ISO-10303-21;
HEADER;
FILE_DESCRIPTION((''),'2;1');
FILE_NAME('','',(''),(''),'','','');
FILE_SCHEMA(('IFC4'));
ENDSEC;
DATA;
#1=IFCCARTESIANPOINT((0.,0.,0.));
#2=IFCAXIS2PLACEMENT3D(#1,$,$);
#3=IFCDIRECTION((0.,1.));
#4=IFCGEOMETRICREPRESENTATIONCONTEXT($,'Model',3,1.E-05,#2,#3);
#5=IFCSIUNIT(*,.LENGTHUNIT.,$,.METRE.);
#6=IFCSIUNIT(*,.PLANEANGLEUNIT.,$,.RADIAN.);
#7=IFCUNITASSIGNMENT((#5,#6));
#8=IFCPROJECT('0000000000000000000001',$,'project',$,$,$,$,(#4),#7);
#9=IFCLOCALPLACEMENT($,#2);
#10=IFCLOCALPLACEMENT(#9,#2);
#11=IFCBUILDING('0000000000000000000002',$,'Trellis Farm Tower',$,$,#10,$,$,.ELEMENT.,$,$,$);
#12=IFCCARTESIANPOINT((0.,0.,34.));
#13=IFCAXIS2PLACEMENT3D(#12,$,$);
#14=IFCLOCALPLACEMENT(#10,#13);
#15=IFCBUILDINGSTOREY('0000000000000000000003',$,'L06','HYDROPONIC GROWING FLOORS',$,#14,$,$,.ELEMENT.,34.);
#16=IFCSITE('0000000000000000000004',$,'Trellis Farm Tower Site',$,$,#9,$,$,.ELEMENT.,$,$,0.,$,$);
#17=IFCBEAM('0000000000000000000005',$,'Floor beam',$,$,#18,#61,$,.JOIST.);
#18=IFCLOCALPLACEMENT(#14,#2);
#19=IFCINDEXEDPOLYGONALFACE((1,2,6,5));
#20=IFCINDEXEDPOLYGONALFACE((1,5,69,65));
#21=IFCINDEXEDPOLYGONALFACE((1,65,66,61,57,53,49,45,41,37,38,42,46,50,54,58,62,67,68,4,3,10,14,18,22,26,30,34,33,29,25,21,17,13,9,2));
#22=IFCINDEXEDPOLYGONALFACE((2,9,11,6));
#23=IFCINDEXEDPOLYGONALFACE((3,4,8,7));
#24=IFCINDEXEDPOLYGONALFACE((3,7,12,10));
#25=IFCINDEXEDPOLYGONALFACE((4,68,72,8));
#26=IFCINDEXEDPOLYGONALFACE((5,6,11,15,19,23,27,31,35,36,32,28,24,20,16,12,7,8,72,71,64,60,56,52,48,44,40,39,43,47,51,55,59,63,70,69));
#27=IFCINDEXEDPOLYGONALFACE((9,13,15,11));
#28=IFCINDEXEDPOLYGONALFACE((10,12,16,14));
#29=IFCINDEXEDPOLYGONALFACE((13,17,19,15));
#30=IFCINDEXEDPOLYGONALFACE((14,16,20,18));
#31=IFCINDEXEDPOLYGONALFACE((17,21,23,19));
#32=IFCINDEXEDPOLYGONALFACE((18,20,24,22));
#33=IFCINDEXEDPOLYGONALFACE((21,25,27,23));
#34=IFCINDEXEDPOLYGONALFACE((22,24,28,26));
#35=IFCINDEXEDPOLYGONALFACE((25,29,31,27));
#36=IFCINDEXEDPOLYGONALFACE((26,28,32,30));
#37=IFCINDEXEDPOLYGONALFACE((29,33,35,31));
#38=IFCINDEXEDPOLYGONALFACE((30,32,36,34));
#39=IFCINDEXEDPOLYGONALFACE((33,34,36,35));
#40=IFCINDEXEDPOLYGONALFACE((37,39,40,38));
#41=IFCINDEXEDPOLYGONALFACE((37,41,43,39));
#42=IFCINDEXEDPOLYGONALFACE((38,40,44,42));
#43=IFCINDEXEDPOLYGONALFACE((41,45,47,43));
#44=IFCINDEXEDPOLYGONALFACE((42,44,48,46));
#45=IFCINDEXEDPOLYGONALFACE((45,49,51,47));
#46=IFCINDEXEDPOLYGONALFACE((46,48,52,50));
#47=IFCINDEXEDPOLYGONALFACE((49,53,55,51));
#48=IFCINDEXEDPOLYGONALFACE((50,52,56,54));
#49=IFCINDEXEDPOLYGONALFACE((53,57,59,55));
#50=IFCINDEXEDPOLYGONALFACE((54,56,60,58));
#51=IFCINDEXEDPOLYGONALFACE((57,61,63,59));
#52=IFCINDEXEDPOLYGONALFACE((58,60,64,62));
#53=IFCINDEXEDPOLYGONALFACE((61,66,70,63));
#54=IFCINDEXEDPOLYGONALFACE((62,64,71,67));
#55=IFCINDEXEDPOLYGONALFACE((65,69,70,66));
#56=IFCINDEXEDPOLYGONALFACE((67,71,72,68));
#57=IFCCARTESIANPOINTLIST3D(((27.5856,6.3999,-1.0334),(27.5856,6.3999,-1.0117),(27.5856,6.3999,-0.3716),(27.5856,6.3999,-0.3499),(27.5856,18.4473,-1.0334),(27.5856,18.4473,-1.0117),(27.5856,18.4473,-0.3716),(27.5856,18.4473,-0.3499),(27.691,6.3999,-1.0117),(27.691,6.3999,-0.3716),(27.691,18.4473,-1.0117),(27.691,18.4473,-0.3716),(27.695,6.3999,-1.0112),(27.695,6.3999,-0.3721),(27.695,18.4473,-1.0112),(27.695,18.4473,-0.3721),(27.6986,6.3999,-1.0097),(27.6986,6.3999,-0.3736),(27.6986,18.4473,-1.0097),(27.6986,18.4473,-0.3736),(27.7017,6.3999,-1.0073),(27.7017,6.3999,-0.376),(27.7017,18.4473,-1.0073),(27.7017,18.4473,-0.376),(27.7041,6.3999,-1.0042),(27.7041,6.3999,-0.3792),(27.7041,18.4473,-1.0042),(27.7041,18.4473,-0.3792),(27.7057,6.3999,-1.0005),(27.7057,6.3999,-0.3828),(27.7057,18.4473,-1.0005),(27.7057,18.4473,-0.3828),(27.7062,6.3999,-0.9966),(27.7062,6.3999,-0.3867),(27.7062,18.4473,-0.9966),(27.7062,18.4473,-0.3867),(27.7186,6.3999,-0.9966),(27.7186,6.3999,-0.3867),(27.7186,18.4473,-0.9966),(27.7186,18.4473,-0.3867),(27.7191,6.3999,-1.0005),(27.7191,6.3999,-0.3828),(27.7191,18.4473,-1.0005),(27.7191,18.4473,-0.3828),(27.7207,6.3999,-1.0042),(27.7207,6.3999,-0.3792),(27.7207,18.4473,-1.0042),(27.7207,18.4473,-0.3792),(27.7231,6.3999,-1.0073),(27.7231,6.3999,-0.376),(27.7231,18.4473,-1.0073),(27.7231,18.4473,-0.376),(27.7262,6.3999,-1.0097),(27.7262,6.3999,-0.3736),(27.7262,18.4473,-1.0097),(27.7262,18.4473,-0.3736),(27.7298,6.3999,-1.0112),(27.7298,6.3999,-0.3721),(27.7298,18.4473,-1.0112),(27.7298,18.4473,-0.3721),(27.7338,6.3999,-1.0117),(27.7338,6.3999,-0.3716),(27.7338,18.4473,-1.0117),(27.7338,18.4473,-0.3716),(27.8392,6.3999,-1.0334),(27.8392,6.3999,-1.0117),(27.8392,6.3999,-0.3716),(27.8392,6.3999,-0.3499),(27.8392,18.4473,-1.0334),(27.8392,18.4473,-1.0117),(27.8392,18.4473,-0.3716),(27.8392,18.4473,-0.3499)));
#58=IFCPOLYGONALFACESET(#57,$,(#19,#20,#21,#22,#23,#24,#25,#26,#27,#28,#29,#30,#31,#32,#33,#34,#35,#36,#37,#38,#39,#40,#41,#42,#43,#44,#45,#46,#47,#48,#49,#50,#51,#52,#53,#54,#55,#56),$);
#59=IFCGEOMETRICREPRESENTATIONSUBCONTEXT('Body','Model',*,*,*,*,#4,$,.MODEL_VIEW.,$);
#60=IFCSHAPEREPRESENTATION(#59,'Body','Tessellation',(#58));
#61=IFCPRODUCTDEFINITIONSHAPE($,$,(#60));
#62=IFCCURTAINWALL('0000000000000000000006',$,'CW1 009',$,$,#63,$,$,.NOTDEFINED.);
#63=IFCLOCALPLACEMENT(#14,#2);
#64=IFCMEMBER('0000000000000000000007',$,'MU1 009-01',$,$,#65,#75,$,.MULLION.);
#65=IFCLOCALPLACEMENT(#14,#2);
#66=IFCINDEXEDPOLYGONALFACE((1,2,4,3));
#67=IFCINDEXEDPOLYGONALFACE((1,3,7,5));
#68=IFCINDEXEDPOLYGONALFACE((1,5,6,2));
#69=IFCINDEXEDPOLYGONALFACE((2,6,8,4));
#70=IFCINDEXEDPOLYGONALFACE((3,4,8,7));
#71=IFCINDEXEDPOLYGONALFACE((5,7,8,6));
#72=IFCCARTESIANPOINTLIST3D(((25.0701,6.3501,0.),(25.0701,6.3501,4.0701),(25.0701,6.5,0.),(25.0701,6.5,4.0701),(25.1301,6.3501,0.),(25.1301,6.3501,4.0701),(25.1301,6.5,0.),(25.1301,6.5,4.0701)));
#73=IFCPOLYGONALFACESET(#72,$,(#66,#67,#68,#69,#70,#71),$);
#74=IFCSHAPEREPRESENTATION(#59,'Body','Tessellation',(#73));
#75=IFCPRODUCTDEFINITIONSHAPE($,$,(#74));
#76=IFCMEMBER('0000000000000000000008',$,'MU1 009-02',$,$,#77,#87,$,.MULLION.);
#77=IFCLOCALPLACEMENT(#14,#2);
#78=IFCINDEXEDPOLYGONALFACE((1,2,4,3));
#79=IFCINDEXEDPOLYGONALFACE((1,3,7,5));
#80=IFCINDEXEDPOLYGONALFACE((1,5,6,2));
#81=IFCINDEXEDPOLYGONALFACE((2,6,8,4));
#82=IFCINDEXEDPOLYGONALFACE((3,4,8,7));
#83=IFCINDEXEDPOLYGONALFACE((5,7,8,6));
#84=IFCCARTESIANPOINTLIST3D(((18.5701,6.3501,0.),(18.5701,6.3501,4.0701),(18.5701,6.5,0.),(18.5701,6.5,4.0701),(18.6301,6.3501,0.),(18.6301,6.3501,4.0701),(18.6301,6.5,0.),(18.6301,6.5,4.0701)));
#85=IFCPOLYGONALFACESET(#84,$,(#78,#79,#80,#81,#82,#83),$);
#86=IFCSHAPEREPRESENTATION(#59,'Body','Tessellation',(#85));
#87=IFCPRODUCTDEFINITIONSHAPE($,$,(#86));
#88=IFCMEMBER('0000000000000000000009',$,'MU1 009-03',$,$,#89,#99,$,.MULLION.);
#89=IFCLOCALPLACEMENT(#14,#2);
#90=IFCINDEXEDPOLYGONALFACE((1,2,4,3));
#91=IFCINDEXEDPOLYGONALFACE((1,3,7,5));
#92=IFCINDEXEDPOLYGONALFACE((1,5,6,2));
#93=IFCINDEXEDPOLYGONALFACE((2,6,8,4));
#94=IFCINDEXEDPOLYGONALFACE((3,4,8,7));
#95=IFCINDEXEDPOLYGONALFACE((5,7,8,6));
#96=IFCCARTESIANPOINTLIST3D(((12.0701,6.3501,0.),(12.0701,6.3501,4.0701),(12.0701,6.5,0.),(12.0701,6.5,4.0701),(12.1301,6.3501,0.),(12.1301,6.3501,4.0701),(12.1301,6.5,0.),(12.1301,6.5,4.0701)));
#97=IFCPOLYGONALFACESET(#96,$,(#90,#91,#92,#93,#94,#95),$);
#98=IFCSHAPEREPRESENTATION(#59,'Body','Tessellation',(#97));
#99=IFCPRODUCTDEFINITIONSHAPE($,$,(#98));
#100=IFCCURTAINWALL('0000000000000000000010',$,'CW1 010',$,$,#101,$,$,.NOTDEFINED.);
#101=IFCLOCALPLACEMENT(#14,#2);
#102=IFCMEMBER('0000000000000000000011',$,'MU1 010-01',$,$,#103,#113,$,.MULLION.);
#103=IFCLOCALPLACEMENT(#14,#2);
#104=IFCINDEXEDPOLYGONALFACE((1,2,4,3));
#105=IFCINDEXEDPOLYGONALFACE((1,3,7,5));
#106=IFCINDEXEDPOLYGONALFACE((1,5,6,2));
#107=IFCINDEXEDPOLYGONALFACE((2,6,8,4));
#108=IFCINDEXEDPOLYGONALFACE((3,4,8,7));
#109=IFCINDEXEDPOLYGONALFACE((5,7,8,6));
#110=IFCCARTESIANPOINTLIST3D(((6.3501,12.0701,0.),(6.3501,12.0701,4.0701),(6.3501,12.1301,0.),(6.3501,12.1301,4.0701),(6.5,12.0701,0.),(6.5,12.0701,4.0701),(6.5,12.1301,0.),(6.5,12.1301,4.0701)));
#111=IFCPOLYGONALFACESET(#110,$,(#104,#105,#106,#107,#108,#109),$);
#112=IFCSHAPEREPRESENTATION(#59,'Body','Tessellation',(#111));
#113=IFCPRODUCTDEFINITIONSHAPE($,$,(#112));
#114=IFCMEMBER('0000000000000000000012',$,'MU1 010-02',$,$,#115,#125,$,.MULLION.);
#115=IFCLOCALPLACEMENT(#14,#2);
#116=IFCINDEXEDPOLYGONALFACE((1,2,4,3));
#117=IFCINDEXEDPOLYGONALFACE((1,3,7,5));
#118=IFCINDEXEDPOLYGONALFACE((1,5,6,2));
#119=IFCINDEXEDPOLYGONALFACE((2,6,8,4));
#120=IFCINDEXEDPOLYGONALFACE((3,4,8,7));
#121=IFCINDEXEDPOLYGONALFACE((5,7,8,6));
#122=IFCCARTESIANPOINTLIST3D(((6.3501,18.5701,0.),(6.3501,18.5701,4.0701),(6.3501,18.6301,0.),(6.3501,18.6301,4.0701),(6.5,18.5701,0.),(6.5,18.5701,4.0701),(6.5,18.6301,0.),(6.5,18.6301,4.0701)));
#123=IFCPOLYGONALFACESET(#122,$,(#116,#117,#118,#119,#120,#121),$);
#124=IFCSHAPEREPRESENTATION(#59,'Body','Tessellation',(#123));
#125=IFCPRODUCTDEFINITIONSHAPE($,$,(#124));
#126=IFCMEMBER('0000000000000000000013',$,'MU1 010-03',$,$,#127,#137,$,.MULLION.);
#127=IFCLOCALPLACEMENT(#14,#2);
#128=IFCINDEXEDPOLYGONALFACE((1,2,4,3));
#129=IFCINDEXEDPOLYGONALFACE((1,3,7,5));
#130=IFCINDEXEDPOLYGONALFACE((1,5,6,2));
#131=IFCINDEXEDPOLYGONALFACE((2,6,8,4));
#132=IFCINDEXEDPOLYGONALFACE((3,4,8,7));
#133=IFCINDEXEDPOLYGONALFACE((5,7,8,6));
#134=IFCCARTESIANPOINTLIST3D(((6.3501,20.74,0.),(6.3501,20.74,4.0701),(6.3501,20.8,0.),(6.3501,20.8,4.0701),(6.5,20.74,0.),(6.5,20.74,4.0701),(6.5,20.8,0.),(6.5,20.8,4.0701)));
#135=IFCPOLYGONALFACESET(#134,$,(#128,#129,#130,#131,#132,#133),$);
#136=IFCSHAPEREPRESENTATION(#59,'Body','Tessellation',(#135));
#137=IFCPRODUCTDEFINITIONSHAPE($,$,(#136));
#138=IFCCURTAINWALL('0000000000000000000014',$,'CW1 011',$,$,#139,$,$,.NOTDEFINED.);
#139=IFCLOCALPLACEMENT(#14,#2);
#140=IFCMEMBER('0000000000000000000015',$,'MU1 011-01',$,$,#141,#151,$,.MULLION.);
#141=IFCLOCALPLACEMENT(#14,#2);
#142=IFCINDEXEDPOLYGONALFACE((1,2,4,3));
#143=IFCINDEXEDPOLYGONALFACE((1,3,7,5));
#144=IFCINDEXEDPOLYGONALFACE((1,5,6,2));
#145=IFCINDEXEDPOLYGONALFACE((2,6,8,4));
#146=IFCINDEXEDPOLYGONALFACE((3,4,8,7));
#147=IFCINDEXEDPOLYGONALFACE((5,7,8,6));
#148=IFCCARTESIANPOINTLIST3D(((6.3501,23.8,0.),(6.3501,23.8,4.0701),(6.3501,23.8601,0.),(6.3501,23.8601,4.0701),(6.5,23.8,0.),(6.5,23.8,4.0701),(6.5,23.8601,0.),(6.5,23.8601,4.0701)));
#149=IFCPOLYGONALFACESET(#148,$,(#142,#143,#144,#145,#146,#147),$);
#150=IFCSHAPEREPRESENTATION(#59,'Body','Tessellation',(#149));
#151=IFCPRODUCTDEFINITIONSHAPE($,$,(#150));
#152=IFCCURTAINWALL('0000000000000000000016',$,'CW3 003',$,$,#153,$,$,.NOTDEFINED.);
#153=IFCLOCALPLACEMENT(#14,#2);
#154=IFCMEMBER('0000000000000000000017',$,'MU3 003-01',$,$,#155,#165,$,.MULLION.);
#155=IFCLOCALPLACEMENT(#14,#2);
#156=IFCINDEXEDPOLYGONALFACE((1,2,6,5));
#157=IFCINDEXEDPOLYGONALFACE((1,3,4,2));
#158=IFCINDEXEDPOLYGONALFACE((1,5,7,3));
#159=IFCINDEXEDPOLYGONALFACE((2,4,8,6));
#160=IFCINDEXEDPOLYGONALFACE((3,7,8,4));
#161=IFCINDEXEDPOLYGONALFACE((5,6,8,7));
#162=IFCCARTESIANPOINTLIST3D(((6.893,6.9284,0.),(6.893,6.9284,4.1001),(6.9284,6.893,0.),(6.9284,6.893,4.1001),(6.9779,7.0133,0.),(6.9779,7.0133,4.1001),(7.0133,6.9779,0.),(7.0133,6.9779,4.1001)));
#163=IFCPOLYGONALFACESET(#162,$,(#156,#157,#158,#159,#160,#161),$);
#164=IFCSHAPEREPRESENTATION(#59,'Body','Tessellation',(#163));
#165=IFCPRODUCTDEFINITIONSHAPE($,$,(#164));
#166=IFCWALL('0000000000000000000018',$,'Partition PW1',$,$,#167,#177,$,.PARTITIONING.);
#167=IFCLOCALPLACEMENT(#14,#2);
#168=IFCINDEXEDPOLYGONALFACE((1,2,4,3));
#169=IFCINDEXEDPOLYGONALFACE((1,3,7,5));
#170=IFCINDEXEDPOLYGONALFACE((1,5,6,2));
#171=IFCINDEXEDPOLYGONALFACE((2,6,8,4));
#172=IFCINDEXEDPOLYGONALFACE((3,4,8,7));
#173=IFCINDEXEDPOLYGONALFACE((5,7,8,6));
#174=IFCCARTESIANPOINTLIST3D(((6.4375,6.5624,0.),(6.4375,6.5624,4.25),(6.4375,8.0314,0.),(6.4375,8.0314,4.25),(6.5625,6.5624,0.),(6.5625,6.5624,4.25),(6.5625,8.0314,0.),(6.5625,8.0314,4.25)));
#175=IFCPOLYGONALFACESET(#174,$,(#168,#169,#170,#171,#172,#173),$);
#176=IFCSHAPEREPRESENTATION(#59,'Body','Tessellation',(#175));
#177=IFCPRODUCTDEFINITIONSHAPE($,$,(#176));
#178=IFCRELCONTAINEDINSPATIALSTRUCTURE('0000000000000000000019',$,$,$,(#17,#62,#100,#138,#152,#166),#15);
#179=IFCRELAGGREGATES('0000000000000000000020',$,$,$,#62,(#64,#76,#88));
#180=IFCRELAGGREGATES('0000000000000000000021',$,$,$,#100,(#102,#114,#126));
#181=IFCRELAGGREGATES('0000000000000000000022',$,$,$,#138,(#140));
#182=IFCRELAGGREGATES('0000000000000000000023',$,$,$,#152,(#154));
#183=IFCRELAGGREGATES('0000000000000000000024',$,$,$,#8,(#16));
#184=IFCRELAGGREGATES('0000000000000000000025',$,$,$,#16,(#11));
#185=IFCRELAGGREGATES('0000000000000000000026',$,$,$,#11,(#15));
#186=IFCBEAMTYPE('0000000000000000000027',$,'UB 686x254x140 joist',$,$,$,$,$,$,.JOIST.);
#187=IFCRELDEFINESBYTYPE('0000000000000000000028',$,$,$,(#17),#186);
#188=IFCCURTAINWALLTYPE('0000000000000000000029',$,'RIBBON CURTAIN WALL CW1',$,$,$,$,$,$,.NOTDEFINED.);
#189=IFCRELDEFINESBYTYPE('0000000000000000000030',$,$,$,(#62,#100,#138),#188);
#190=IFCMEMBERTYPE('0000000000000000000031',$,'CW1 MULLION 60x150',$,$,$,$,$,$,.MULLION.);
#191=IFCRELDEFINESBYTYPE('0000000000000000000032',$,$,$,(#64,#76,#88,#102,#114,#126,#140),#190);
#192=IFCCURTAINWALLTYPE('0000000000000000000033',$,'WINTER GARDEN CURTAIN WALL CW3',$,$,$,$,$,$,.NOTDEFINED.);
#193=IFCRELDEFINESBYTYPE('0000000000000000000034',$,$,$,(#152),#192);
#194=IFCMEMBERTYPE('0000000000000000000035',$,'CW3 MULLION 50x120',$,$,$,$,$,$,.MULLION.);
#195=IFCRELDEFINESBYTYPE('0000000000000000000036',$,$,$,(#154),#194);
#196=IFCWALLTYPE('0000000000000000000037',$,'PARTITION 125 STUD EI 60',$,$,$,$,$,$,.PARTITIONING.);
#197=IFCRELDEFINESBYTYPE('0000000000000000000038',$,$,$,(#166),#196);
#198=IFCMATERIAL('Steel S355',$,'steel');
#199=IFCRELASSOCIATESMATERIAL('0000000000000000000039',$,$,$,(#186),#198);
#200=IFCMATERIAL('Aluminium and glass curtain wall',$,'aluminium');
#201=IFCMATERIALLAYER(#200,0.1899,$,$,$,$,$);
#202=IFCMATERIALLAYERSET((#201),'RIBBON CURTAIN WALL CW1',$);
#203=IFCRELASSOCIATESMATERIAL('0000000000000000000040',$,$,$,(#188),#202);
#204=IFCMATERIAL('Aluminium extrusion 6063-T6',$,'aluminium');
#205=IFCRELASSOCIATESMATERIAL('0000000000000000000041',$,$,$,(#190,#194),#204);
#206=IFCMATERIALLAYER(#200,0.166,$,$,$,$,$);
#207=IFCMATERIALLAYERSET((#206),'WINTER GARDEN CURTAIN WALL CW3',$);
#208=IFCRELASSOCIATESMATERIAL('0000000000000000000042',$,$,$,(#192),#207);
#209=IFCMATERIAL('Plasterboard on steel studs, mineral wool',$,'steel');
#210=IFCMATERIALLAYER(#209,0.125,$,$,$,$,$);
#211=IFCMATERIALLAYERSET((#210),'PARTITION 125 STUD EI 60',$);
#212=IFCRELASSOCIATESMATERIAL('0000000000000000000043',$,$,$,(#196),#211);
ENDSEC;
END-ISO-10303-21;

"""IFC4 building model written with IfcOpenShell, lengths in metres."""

from ifc_helpers import new_model, si_unit, direction, frame, frame_2d, origin, origin_2d, place, context, subcontext, project, spatial, rectangle, i_section, extrude, source, transform, mapped, material, layer, layer_set, material_profile, profile_set, type_object, element, aggregate, save


model = new_model("IFC4")

# Units and contexts
model_context = context("Model", 3, precision=1e-05, world=origin(), true_north=direction((0.0, 1.0)))
body_context = subcontext(model_context, "Body", "Model", "MODEL_VIEW")
ifc_project = project(units=[si_unit("LENGTHUNIT", "METRE"), si_unit("PLANEANGLEUNIT", "RADIAN")], contexts=[model_context])

# Site, building, storey
site_placement = place(None, origin())
site = spatial("IfcSite", under=ifc_project, at=site_placement, Name="Trellis Farm Tower Site", CompositionType="ELEMENT", RefElevation=0.0)
building_placement = place(site_placement, origin())
building = spatial("IfcBuilding", under=site, at=building_placement, Name="Trellis Farm Tower", CompositionType="ELEMENT")
storey_placement = place(building_placement, frame((0.0, 0.0, 34.0)))
storey = spatial("IfcBuildingStorey", under=building, at=storey_placement, Name="L06", Description="HYDROPONIC GROWING FLOORS", CompositionType="ELEMENT", Elevation=34.0)

# Beam
ifc_material_1 = material(Name="Steel S355", Category="steel")
ifc_material_profile_1 = material_profile(ifc_material_1, i_section(OverallWidth=0.2537, OverallDepth=0.6836, WebThickness=0.0125, FlangeThickness=0.0217, FilletRadius=0.0151, at=origin_2d()), Name="UB 686x254x140")
ifc_profile_set_1 = profile_set([ifc_material_profile_1], Name="Steel S355")
beam_type_1 = type_object("IfcBeamType", Name="UB 686x254x140 joist", PredefinedType="JOIST", material=ifc_profile_set_1)
shared_shape_1 = source(origin(), body_context, "Body", "SweptSolid", [
    extrude(i_section(OverallWidth=0.2537, OverallDepth=0.6836, WebThickness=0.0125, FlangeThickness=0.0217, FilletRadius=0.0151, at=origin_2d()), origin(), (0.0, 0.0, 1.0), 12.0474),
])
for number, where, z_axis, x_axis, name in (
    (1, (27.7124, 6.3999, -0.6917), (0.0, 1.0, 0.0), (-1.0, 0.0, 0.0), "Floor beam"),
):
    element("IfcBeam", number, at=place(storey_placement, frame(where, z_axis=z_axis, x_axis=x_axis)), inside=storey, type_object=beam_type_1, Name=name, PredefinedType="JOIST", context=body_context, shape_type="MappedRepresentation", body=[
        mapped(shared_shape_1, transform((0.0, 0.0, 0.0))),
    ])

# Curtain walls, members
ifc_material_2 = material(Name="Aluminium and glass curtain wall", Category="aluminium")
ifc_layer_1 = layer(ifc_material_2, 0.1899)
ifc_layer_set_1 = layer_set([ifc_layer_1], Name="RIBBON CURTAIN WALL CW1")
curtain_wall_type_1 = type_object("IfcCurtainWallType", Name="RIBBON CURTAIN WALL CW1", PredefinedType="NOTDEFINED", material=ifc_layer_set_1)
placement = place(storey_placement, origin())
curtain_wall_1 = element("IfcCurtainWall", 2, at=placement, inside=storey, type_object=curtain_wall_type_1, Name="CW1 009", PredefinedType="NOTDEFINED")
ifc_material_3 = material(Name="Aluminium extrusion 6063-T6", Category="aluminium")
ifc_material_profile_2 = material_profile(ifc_material_3, rectangle(XDim=0.0601, YDim=0.1499, at=origin_2d()), Name="MULLION 60x150")
ifc_profile_set_2 = profile_set([ifc_material_profile_2], Name="Aluminium extrusion 6063-T6")
member_type_1 = type_object("IfcMemberType", Name="CW1 MULLION 60x150", PredefinedType="MULLION", material=ifc_profile_set_2)
shared_shape_2 = source(origin(), body_context, "Body", "SweptSolid", [
    extrude(rectangle(XDim=0.0601, YDim=0.1499, at=origin_2d()), origin(), (0.0, 0.0, 1.0), 4.0701),
])
member_1_placement = place(storey_placement, frame((25.1001, 6.425, 0.0), z_axis=(0.0, 0.0, 1.0), x_axis=(-1.0, 0.0, 0.0)))
member_1 = element("IfcMember", 3, at=member_1_placement, type_object=member_type_1, Name="MU1 009-01", PredefinedType="MULLION", context=body_context, shape_type="MappedRepresentation", body=[
    mapped(shared_shape_2, transform((0.0, 0.0, 0.0))),
])
member_2_placement = place(storey_placement, frame((18.6001, 6.425, 0.0), z_axis=(0.0, 0.0, 1.0), x_axis=(-1.0, 0.0, 0.0)))
member_2 = element("IfcMember", 4, at=member_2_placement, type_object=member_type_1, Name="MU1 009-02", PredefinedType="MULLION", context=body_context, shape_type="MappedRepresentation", body=[
    mapped(shared_shape_2, transform((0.0, 0.0, 0.0))),
])
member_3_placement = place(storey_placement, frame((12.1001, 6.425, 0.0), z_axis=(0.0, 0.0, 1.0), x_axis=(-1.0, 0.0, 0.0)))
member_3 = element("IfcMember", 5, at=member_3_placement, type_object=member_type_1, Name="MU1 009-03", PredefinedType="MULLION", context=body_context, shape_type="MappedRepresentation", body=[
    mapped(shared_shape_2, transform((0.0, 0.0, 0.0))),
])
aggregate(curtain_wall_1, [member_1, member_2, member_3])
curtain_wall_2 = element("IfcCurtainWall", 6, at=placement, inside=storey, type_object=curtain_wall_type_1, Name="CW1 010", PredefinedType="NOTDEFINED")
member_4_placement = place(storey_placement, frame((6.425, 12.1001, 0.0), z_axis=(0.0, 0.0, 1.0), x_axis=(0.0, 1.0, 0.0)))
member_4 = element("IfcMember", 7, at=member_4_placement, type_object=member_type_1, Name="MU1 010-01", PredefinedType="MULLION", context=body_context, shape_type="MappedRepresentation", body=[
    mapped(shared_shape_2, transform((0.0, 0.0, 0.0))),
])
member_5_placement = place(storey_placement, frame((6.425, 18.6001, 0.0), z_axis=(0.0, 0.0, 1.0), x_axis=(0.0, 1.0, 0.0)))
member_5 = element("IfcMember", 8, at=member_5_placement, type_object=member_type_1, Name="MU1 010-02", PredefinedType="MULLION", context=body_context, shape_type="MappedRepresentation", body=[
    mapped(shared_shape_2, transform((0.0, 0.0, 0.0))),
])
member_6_placement = place(storey_placement, frame((6.425, 20.77, 0.0), z_axis=(0.0, 0.0, 1.0), x_axis=(0.0, 1.0, 0.0)))
member_6 = element("IfcMember", 9, at=member_6_placement, type_object=member_type_1, Name="MU1 010-03", PredefinedType="MULLION", context=body_context, shape_type="MappedRepresentation", body=[
    mapped(shared_shape_2, transform((0.0, 0.0, 0.0))),
])
aggregate(curtain_wall_2, [member_4, member_5, member_6])

# Curtain walls, members
curtain_wall_3 = element("IfcCurtainWall", 10, at=placement, inside=storey, type_object=curtain_wall_type_1, Name="CW1 011", PredefinedType="NOTDEFINED")
member_7_placement = place(storey_placement, frame((6.425, 23.8301, 0.0), z_axis=(0.0, 0.0, 1.0), x_axis=(0.0, 1.0, 0.0)))
member_7 = element("IfcMember", 11, at=member_7_placement, type_object=member_type_1, Name="MU1 011-01", PredefinedType="MULLION", context=body_context, shape_type="MappedRepresentation", body=[
    mapped(shared_shape_2, transform((0.0, 0.0, 0.0))),
])
aggregate(curtain_wall_3, [member_7])
ifc_layer_2 = layer(ifc_material_2, 0.166)
ifc_layer_set_2 = layer_set([ifc_layer_2], Name="WINTER GARDEN CURTAIN WALL CW3")
curtain_wall_type_2 = type_object("IfcCurtainWallType", Name="WINTER GARDEN CURTAIN WALL CW3", PredefinedType="NOTDEFINED", material=ifc_layer_set_2)
curtain_wall_4 = element("IfcCurtainWall", 12, at=placement, inside=storey, type_object=curtain_wall_type_2, Name="CW3 003", PredefinedType="NOTDEFINED")
ifc_material_profile_3 = material_profile(ifc_material_3, rectangle(XDim=0.05, YDim=0.1201, at=origin_2d()), Name="MULLION 50x120")
ifc_profile_set_3 = profile_set([ifc_material_profile_3], Name="Aluminium extrusion 6063-T6")
member_type_2 = type_object("IfcMemberType", Name="CW3 MULLION 50x120", PredefinedType="MULLION", material=ifc_profile_set_3)
shared_shape_3 = source(origin(), body_context, "Body", "SweptSolid", [
    extrude(rectangle(XDim=0.05, YDim=0.1201, at=origin_2d()), origin(), (0.0, 0.0, 1.0), 4.1001),
])
member_8_placement = place(storey_placement, frame((6.9531, 6.9531, 0.0), z_axis=(0.0, 0.0, 1.0), x_axis=(-0.707107, 0.707107, 0.0)))
member_8 = element("IfcMember", 13, at=member_8_placement, type_object=member_type_2, Name="MU3 003-01", PredefinedType="MULLION", context=body_context, shape_type="MappedRepresentation", body=[
    mapped(shared_shape_3, transform((0.0, 0.0, 0.0))),
])
aggregate(curtain_wall_4, [member_8])

# Wall
ifc_material_4 = material(Name="Plasterboard on steel studs, mineral wool", Category="steel")
ifc_layer_3 = layer(ifc_material_4, 0.125)
ifc_layer_set_3 = layer_set([ifc_layer_3], Name="PARTITION 125 STUD EI 60")
wall_type = type_object("IfcWallType", Name="PARTITION 125 STUD EI 60", PredefinedType="PARTITIONING", material=ifc_layer_set_3)
shared_shape_4 = source(origin(), body_context, "Body", "SweptSolid", [
    extrude(rectangle(XDim=1.469, YDim=0.125, at=frame_2d((0.7344, 0.0))), origin(), (0.0, 0.0, 1.0), 4.25),
])
wall_placement = place(storey_placement, frame((6.5, 6.5625, 0.0), z_axis=(0.0, 0.0, 1.0), x_axis=(0.0, 1.0, 0.0)))
element("IfcWall", 14, at=wall_placement, inside=storey, type_object=wall_type, Name="Partition PW1", PredefinedType="PARTITIONING", context=body_context, shape_type="MappedRepresentation", body=[
    mapped(shared_shape_4, transform((0.0, 0.0, 0.0))),
])

save(model, "model.ifc")
